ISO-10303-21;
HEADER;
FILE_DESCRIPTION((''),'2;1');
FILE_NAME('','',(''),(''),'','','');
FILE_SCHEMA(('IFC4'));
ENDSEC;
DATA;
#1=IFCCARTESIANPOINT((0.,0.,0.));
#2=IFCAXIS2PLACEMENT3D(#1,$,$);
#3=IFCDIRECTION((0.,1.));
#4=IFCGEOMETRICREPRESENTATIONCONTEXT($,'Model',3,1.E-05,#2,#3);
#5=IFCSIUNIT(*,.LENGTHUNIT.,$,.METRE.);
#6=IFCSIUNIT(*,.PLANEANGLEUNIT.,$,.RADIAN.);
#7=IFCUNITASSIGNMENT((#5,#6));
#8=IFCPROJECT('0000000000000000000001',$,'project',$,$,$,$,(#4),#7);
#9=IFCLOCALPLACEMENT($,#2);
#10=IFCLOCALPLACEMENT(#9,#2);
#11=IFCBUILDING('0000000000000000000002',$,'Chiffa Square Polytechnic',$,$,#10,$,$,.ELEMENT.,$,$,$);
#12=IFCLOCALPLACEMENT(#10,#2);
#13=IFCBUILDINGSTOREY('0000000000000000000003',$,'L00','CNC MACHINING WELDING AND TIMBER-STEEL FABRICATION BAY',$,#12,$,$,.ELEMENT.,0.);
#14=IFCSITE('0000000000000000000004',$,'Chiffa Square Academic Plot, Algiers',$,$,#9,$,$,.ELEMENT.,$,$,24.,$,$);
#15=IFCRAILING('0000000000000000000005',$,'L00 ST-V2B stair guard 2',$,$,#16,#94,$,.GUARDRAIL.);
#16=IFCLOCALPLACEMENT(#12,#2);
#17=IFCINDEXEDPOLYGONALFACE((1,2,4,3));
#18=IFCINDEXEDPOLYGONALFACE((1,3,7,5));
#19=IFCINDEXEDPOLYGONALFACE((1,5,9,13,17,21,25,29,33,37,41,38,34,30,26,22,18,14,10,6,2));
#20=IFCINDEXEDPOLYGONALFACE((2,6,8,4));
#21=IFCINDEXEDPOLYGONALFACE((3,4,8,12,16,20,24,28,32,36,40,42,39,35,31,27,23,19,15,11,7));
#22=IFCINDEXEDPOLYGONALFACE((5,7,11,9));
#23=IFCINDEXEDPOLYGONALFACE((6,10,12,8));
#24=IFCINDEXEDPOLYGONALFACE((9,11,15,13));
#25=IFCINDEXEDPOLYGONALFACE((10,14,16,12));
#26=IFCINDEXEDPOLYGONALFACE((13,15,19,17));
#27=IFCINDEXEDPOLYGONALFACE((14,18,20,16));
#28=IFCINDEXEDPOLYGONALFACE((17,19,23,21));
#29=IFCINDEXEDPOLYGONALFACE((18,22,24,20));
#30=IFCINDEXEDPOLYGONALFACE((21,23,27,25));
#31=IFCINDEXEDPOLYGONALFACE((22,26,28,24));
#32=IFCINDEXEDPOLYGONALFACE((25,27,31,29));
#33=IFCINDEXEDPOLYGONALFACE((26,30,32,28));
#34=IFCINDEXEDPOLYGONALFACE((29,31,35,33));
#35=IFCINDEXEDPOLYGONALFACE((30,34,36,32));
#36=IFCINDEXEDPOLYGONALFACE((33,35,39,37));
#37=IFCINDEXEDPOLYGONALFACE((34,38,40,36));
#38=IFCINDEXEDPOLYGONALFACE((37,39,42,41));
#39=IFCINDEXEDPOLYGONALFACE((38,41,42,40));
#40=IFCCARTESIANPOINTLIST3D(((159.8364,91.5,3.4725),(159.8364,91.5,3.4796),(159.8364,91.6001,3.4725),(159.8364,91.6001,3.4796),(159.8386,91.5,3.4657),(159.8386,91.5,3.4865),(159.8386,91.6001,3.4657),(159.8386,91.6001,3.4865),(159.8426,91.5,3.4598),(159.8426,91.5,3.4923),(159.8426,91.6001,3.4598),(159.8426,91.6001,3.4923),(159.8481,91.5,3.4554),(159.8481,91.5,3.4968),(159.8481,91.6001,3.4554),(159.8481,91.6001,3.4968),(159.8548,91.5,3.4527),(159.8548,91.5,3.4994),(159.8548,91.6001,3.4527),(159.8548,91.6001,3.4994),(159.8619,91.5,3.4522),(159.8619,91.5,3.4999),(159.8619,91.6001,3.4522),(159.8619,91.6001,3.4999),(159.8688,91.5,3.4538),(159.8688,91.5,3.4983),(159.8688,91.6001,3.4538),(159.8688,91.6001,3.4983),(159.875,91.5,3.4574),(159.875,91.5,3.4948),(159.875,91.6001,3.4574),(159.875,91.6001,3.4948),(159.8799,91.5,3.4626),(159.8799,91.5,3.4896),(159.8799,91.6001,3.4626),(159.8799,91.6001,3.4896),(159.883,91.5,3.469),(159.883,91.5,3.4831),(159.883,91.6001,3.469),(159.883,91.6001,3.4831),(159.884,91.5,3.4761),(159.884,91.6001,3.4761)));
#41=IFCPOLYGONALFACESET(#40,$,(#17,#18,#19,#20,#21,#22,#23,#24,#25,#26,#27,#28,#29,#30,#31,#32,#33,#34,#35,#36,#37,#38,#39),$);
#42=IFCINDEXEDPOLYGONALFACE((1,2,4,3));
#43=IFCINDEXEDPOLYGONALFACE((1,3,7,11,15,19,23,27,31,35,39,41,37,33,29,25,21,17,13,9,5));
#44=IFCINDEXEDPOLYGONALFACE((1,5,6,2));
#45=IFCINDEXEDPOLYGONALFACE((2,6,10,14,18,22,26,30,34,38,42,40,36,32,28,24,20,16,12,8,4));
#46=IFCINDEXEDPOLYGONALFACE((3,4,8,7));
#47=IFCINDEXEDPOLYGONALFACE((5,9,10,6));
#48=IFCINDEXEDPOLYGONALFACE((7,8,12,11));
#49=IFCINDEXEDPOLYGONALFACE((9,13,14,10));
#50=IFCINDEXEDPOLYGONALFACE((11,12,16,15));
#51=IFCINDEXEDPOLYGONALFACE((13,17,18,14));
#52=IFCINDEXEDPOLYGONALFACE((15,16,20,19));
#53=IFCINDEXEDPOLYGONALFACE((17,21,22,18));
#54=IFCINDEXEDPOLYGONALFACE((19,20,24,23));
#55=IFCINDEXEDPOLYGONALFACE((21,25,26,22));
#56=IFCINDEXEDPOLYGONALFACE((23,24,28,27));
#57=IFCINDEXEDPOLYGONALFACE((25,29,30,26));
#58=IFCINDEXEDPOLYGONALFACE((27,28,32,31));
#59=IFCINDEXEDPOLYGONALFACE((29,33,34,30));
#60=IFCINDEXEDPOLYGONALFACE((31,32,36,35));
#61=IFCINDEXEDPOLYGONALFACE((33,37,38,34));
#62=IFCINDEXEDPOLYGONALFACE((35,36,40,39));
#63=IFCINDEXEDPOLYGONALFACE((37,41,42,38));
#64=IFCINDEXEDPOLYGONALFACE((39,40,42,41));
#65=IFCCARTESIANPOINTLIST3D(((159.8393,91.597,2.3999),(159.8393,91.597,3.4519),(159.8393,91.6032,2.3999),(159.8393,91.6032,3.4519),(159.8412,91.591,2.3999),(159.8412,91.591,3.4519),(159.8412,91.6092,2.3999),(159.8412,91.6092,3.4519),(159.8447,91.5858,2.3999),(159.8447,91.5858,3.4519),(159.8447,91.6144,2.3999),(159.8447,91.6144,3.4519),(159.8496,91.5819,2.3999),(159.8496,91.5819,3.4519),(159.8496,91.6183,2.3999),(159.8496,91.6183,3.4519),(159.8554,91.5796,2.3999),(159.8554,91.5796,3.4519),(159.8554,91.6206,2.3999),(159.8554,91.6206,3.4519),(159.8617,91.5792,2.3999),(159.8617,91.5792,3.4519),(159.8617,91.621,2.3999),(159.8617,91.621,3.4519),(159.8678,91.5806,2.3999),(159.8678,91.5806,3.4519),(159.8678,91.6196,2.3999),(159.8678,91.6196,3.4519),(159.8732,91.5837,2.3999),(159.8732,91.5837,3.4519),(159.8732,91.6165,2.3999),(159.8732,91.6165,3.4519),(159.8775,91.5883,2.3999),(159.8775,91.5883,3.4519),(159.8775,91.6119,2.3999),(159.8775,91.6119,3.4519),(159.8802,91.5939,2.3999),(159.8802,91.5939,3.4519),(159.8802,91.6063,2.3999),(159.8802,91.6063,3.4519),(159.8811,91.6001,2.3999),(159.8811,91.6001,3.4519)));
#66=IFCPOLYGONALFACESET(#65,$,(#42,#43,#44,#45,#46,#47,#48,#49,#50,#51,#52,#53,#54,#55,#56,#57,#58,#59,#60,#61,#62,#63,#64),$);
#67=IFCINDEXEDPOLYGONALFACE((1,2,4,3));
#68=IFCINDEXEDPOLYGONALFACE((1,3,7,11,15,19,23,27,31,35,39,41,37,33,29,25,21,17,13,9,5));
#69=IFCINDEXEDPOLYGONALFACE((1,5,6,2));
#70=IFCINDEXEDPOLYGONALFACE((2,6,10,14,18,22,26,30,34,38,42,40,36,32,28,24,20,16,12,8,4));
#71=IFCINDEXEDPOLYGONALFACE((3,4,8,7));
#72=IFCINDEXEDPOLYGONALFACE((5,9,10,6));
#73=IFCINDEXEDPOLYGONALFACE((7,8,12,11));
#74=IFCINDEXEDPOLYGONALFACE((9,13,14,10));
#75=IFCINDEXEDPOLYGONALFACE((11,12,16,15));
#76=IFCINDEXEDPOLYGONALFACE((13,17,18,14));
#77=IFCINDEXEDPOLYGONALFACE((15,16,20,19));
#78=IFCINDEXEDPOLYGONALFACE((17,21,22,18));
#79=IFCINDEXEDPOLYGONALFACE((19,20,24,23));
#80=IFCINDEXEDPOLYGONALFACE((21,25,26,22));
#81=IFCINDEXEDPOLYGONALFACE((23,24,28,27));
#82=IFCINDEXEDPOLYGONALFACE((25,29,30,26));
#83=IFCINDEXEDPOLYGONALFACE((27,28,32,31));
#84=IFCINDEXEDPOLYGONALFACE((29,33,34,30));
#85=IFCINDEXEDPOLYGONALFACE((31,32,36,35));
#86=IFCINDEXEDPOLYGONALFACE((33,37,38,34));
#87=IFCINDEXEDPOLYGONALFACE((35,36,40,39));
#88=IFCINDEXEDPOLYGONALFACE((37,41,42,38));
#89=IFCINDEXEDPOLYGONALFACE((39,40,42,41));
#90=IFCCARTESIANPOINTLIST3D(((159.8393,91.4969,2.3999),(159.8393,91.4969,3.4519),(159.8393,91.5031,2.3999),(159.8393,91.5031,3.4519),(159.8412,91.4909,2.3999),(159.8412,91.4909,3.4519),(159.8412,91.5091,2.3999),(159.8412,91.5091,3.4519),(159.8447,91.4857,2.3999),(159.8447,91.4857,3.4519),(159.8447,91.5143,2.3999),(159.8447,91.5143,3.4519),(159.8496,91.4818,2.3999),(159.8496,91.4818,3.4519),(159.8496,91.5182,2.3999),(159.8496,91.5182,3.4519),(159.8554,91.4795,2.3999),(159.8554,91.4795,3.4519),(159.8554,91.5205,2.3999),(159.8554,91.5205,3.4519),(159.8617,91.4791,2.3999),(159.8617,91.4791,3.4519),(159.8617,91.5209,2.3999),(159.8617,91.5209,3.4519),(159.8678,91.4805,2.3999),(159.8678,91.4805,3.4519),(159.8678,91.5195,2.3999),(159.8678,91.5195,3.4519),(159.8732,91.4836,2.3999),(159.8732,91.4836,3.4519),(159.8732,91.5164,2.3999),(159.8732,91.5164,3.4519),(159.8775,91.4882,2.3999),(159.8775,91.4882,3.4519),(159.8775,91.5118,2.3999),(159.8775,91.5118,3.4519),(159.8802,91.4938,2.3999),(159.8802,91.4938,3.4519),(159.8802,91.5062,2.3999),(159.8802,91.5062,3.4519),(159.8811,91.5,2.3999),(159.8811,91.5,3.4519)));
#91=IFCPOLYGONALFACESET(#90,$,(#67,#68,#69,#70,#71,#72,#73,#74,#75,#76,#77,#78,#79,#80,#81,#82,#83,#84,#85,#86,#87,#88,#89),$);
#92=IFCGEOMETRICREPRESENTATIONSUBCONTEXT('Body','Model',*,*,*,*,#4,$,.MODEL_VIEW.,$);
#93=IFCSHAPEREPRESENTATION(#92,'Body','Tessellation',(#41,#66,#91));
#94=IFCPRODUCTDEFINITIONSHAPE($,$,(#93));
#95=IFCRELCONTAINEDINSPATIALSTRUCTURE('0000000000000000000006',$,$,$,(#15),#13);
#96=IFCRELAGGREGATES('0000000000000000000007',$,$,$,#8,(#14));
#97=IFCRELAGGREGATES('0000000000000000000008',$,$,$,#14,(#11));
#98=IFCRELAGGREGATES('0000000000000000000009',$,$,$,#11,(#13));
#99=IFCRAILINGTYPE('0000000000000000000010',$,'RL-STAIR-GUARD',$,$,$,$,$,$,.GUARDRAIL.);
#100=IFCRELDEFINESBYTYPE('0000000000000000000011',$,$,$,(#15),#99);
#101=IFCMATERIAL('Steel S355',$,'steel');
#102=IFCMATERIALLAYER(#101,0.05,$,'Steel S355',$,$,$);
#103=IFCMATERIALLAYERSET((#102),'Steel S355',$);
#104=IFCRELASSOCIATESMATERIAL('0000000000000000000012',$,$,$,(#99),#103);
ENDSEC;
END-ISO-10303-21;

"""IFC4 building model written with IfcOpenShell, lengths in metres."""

from ifc_helpers import new_model, si_unit, direction, frame, origin, origin_2d, place, context, subcontext, project, spatial, circle, extrude, material, layer, layer_set, type_object, element, save


model = new_model("IFC4")

# Units and contexts
model_context = context("Model", 3, precision=1e-05, world=origin(), true_north=direction((0.0, 1.0)))
body_context = subcontext(model_context, "Body", "Model", "MODEL_VIEW")
ifc_project = project(units=[si_unit("LENGTHUNIT", "METRE"), si_unit("PLANEANGLEUNIT", "RADIAN")], contexts=[model_context])

# Site, building, storey
site_placement = place(None, origin())
site = spatial("IfcSite", under=ifc_project, at=site_placement, Name="Chiffa Square Academic Plot, Algiers", CompositionType="ELEMENT", RefElevation=24.0)
building_placement = place(site_placement, origin())
building = spatial("IfcBuilding", under=site, at=building_placement, Name="Chiffa Square Polytechnic", CompositionType="ELEMENT")
storey_placement = place(building_placement, origin())
storey = spatial("IfcBuildingStorey", under=building, at=storey_placement, Name="L00", Description="CNC MACHINING WELDING AND TIMBER-STEEL FABRICATION BAY", CompositionType="ELEMENT", Elevation=0.0)

# Railing
ifc_material_1 = material(Name="Steel S355", Category="steel")
ifc_layer_1 = layer(ifc_material_1, 0.05, Name="Steel S355")
ifc_layer_set_1 = layer_set([ifc_layer_1], Name="Steel S355")
railing_type_1 = type_object("IfcRailingType", Name="RL-STAIR-GUARD", PredefinedType="GUARDRAIL", material=ifc_layer_set_1)
railing_1_placement = place(storey_placement, frame((159.8601, 91.6001, 2.3999)))
element("IfcRailing", 1, at=railing_1_placement, inside=storey, type_object=railing_type_1, Name="L00 ST-V2B stair guard 2", PredefinedType="GUARDRAIL", context=body_context, shape_type="SweptSolid", body=[
    extrude(circle(Radius=0.0239, at=origin_2d()), frame((0.0, 0.0, 1.0762), z_axis=(0.0, -1.0, 0.0), x_axis=(1.0, 0.0, 0.0)), (0.0, 0.0, 1.0), 0.1001),
    extrude(circle(Radius=0.021, at=origin_2d()), origin(), (0.0, 0.0, 1.0), 1.052),
    extrude(circle(Radius=0.021, at=origin_2d()), frame((0.0, -0.1001, 0.0)), (0.0, 0.0, 1.0), 1.052),
])

save(model, "model.ifc")
